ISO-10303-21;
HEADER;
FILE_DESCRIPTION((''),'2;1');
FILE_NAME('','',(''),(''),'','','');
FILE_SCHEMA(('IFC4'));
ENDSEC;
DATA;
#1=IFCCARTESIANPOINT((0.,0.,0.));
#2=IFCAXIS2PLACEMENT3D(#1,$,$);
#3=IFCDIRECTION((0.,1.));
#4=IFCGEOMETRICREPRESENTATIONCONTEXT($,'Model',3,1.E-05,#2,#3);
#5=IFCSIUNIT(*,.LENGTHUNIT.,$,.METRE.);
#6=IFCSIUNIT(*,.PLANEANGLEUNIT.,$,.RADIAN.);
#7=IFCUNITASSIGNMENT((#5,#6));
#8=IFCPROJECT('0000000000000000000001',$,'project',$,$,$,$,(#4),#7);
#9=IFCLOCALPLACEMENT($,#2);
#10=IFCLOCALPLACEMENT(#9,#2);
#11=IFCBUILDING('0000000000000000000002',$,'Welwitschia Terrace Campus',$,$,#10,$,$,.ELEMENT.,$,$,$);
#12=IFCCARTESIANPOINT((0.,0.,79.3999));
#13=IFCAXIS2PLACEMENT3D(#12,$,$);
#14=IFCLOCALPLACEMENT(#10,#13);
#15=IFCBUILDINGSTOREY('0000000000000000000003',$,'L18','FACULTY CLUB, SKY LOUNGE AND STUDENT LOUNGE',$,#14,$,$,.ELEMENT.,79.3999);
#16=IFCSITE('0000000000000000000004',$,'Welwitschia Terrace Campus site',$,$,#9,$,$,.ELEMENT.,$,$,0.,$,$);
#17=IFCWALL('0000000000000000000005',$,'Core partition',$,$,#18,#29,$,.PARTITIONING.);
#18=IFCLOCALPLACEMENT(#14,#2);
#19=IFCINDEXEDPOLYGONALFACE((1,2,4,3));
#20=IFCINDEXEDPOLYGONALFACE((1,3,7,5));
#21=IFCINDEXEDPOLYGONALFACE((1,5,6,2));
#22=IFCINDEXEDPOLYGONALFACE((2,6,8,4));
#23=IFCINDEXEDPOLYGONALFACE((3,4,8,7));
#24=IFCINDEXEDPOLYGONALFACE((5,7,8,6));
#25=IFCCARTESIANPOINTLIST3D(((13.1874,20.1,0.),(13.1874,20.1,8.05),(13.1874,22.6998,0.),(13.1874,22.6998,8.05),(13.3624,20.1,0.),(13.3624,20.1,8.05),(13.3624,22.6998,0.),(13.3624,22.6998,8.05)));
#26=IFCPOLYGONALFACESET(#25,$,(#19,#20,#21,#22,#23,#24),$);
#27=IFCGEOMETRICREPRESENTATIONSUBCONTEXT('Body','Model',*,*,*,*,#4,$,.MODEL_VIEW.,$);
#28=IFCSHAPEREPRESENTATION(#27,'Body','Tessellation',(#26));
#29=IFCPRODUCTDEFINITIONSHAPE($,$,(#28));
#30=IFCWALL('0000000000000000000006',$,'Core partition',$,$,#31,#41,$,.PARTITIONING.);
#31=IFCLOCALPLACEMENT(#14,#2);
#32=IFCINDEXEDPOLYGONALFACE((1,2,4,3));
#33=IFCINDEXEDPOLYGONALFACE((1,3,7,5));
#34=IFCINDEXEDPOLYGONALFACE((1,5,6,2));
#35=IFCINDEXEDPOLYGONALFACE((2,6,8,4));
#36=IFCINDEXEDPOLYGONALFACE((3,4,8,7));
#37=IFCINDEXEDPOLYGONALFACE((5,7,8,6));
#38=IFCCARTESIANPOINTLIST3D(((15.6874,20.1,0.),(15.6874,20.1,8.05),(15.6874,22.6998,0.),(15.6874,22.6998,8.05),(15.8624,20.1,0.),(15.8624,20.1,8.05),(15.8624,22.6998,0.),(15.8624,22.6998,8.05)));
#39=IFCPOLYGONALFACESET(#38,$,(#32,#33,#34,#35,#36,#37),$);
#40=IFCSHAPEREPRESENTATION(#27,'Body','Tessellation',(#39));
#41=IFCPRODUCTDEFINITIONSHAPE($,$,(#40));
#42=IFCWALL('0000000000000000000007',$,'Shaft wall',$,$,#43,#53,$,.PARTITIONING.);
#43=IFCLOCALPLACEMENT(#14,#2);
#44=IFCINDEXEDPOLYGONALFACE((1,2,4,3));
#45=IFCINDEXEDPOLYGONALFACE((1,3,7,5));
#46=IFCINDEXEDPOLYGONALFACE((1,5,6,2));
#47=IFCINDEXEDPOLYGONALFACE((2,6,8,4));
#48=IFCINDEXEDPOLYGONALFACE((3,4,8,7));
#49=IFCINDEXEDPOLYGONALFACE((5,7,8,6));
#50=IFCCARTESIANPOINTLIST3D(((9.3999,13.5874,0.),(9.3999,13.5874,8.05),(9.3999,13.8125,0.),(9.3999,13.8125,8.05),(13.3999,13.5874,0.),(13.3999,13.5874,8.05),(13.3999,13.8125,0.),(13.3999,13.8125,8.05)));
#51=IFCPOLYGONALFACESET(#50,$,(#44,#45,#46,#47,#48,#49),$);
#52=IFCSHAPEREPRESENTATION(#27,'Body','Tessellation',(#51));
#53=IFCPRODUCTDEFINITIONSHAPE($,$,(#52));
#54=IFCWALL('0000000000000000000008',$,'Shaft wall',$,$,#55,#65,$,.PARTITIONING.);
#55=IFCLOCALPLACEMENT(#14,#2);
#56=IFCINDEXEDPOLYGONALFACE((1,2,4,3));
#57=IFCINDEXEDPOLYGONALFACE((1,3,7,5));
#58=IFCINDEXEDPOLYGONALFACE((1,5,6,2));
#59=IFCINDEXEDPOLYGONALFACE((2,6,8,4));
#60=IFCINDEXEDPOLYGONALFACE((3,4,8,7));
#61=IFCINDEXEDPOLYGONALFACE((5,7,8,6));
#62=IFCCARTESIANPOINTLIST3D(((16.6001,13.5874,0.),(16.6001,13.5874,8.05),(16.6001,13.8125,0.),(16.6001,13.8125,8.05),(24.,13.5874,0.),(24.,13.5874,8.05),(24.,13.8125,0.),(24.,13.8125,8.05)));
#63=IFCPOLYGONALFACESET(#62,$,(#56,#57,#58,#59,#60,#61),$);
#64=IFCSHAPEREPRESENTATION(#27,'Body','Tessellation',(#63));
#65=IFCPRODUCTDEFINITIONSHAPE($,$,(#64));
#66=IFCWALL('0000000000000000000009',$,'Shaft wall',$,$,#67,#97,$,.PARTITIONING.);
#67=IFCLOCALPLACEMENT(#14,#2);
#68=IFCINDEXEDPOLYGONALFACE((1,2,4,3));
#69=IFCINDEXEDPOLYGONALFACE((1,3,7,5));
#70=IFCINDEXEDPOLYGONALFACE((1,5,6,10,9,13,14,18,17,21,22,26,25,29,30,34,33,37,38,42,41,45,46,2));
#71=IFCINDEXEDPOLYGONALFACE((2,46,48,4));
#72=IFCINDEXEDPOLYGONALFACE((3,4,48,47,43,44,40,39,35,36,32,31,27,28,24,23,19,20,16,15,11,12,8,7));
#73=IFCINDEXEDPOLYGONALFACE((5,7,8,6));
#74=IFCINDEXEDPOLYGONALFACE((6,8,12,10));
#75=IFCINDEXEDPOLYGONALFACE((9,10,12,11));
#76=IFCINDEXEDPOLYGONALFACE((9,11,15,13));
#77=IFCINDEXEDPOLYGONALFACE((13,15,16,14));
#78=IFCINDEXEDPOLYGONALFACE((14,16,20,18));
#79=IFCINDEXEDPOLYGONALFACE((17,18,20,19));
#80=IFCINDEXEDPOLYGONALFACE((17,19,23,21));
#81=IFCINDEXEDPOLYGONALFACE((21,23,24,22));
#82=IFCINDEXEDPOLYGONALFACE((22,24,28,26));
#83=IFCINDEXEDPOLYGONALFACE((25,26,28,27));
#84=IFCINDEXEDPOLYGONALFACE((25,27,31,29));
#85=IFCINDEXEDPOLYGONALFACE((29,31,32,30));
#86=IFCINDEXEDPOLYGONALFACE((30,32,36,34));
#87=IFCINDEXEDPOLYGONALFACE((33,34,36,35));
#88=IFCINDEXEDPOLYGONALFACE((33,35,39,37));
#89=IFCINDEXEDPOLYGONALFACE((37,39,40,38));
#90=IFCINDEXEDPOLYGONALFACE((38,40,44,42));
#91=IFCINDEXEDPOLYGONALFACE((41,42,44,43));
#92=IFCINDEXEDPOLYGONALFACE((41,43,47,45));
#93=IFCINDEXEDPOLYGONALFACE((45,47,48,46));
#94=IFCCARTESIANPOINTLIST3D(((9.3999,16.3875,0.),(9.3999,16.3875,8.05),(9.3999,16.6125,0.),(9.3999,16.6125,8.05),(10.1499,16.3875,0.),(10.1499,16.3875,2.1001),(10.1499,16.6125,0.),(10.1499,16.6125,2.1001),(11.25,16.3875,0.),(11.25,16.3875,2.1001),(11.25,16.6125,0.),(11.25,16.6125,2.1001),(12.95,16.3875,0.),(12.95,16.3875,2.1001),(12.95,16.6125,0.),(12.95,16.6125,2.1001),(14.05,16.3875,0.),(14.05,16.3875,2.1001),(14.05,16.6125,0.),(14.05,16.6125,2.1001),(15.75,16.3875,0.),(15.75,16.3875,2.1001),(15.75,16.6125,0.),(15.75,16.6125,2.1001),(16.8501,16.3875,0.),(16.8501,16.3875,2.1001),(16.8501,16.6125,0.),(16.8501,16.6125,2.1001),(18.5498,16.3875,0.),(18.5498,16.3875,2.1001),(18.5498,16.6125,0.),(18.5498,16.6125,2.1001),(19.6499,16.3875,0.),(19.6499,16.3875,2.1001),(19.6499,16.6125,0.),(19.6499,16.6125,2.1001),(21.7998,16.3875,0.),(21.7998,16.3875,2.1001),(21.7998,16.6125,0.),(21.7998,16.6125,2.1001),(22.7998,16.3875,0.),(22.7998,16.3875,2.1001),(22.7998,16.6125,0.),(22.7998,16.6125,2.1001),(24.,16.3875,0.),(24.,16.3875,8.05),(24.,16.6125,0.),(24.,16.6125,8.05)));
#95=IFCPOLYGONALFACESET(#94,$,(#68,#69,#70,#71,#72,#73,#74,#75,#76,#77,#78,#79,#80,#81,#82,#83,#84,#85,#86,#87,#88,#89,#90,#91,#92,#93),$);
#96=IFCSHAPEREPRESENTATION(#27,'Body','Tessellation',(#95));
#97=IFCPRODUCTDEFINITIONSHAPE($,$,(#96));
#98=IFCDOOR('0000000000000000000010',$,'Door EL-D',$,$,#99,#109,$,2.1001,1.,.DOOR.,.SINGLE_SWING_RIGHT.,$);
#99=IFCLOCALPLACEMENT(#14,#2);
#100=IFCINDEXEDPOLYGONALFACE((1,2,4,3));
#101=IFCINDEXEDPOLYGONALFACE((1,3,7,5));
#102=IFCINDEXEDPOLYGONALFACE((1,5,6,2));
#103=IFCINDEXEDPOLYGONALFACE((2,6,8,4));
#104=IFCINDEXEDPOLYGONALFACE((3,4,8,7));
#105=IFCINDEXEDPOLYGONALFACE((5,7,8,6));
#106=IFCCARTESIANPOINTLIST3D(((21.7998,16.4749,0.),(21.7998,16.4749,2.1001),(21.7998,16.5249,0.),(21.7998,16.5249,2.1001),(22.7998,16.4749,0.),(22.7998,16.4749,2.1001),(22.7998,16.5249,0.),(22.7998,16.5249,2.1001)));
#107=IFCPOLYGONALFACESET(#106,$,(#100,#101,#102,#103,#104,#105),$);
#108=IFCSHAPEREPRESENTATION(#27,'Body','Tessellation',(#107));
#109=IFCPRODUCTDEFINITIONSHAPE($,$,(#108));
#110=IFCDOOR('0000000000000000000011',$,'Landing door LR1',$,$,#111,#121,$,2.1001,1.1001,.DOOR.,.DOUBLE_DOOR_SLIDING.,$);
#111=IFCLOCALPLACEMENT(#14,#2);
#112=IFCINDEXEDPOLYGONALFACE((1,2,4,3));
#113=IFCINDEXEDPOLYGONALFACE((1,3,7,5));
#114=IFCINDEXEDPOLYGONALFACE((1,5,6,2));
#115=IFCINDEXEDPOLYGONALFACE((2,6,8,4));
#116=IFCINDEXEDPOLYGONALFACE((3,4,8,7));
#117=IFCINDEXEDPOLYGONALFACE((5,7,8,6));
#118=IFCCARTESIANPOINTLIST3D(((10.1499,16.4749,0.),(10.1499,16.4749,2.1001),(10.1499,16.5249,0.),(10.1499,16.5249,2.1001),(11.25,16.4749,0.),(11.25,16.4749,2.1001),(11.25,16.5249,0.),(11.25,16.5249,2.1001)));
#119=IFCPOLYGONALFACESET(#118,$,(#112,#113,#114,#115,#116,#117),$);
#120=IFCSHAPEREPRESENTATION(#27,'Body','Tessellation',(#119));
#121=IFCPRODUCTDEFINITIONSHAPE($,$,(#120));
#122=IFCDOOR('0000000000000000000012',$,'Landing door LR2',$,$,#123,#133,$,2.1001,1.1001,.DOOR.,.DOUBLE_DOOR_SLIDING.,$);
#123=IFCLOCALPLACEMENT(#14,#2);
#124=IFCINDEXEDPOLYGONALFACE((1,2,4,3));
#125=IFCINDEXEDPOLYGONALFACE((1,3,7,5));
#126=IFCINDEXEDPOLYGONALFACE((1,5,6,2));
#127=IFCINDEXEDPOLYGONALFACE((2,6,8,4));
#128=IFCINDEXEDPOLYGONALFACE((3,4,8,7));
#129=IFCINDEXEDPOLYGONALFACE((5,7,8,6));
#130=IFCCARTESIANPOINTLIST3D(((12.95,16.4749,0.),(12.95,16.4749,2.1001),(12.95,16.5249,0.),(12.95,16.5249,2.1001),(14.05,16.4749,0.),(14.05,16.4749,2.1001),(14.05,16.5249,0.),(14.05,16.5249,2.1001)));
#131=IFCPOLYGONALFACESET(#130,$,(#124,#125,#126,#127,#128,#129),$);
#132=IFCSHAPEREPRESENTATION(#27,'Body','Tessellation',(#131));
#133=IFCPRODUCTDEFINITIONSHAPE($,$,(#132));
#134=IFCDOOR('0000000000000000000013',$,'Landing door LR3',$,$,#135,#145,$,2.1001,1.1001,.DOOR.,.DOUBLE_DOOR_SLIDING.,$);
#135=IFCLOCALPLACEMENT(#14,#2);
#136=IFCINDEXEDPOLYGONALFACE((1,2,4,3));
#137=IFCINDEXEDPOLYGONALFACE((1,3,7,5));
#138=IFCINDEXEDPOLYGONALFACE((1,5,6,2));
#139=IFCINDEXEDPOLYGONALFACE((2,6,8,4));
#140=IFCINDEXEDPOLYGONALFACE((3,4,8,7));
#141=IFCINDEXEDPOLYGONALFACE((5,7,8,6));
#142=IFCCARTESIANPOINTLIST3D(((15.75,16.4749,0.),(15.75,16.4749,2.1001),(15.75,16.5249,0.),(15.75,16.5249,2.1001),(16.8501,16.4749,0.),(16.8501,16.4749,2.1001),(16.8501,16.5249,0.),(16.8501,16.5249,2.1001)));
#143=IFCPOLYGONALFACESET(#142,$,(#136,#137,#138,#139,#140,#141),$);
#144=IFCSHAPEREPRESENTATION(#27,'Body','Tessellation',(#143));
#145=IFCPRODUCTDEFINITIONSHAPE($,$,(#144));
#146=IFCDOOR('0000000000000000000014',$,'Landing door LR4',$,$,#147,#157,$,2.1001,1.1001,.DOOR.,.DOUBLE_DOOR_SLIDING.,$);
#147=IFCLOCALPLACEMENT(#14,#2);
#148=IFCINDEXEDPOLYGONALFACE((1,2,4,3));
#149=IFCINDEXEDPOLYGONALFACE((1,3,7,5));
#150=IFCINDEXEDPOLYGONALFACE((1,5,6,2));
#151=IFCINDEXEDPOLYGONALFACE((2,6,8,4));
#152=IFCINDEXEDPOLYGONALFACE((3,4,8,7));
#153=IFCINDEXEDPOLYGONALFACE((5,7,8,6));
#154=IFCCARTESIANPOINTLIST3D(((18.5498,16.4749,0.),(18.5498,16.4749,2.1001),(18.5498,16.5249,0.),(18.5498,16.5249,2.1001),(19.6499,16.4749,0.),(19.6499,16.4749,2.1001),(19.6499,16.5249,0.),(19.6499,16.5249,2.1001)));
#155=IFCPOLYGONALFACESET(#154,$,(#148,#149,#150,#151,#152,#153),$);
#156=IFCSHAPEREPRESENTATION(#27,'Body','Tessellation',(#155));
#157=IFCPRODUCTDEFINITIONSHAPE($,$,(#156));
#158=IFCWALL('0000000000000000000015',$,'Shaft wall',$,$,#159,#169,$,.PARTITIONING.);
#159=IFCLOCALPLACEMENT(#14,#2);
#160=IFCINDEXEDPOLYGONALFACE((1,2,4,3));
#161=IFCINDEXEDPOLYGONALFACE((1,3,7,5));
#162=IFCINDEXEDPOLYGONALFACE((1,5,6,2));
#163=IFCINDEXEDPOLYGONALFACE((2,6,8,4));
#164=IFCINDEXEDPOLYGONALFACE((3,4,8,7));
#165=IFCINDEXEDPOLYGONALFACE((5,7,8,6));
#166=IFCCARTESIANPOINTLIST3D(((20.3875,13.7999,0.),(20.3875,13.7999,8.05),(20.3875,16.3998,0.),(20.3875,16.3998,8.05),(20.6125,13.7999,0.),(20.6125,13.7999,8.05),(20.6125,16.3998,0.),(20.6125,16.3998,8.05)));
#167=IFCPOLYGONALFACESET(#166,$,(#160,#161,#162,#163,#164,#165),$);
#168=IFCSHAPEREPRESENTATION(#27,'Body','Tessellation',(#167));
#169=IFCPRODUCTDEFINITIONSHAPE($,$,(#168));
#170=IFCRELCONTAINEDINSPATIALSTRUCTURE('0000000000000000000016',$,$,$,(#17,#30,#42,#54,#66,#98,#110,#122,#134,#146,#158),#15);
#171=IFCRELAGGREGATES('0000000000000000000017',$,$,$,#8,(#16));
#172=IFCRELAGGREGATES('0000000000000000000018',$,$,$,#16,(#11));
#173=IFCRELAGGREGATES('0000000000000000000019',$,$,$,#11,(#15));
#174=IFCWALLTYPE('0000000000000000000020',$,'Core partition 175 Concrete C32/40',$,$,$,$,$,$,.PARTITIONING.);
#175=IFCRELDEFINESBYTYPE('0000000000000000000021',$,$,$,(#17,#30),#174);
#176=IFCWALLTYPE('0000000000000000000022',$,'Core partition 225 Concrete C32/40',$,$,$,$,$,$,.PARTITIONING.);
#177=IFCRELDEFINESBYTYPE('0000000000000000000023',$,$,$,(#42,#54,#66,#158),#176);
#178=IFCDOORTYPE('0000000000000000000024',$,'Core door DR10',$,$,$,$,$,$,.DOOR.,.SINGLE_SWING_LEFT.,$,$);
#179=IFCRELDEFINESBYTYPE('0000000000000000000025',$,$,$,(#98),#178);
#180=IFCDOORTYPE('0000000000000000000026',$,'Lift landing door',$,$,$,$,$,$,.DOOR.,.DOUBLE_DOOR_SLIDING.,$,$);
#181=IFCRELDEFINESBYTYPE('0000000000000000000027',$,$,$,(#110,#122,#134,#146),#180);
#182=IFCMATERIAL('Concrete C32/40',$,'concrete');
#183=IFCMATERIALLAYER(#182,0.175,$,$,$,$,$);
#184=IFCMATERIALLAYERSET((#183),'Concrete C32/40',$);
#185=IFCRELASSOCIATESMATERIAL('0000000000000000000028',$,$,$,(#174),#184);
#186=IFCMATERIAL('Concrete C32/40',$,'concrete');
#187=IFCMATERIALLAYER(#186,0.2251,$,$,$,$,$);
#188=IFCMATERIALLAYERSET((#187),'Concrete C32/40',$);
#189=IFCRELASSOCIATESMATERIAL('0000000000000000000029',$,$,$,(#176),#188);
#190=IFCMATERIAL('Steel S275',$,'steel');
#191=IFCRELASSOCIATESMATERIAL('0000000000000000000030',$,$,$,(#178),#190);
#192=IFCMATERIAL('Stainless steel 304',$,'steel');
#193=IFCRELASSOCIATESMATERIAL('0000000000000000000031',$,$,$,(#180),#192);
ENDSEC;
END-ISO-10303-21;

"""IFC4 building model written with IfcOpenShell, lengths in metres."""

from ifc_helpers import new_model, si_unit, direction, frame, frame_2d, origin, place, context, subcontext, project, spatial, rectangle, extrude, material, layer, layer_set, type_object, element, fill, save


model = new_model("IFC4")

# Units and contexts
model_context = context("Model", 3, precision=1e-05, world=origin(), true_north=direction((0.0, 1.0)))
body_context = subcontext(model_context, "Body", "Model", "MODEL_VIEW")
ifc_project = project(units=[si_unit("LENGTHUNIT", "METRE"), si_unit("PLANEANGLEUNIT", "RADIAN")], contexts=[model_context])

# Site, building, storey
site_placement = place(None, origin())
site = spatial("IfcSite", under=ifc_project, at=site_placement, Name="Welwitschia Terrace Campus site", CompositionType="ELEMENT", RefElevation=0.0)
building_placement = place(site_placement, origin())
building = spatial("IfcBuilding", under=site, at=building_placement, Name="Welwitschia Terrace Campus", CompositionType="ELEMENT")
storey_placement = place(building_placement, frame((0.0, 0.0, 79.3999)))
storey = spatial("IfcBuildingStorey", under=building, at=storey_placement, Name="L18", Description="FACULTY CLUB, SKY LOUNGE AND STUDENT LOUNGE", CompositionType="ELEMENT", Elevation=79.3999)

# Walls
ifc_material_1 = material(Name="Concrete C32/40", Category="concrete")
ifc_layer_1 = layer(ifc_material_1, 0.175)
ifc_layer_set_1 = layer_set([ifc_layer_1], Name="Concrete C32/40")
wall_type_1 = type_object("IfcWallType", Name="Core partition 175 Concrete C32/40", PredefinedType="PARTITIONING", material=ifc_layer_set_1)
for number, where, z_axis, x_axis, name in (
    (1, (13.2749, 20.1001, 0.0), (0.0, 0.0, 1.0), (0.0, 1.0, 0.0), "Core partition"),
    (2, (15.7749, 20.1001, 0.0), (0.0, 0.0, 1.0), (0.0, 1.0, 0.0), "Core partition"),
):
    element("IfcWall", number, at=place(storey_placement, frame(where, z_axis=z_axis, x_axis=x_axis)), inside=storey, type_object=wall_type_1, Name=name, PredefinedType="PARTITIONING", context=body_context, shape_type="SweptSolid", body=[
        extrude(rectangle(XDim=2.5999, YDim=0.175, at=frame_2d((1.2998, 0.0))), origin(), (0.0, 0.0, 1.0), 8.05),
    ])
ifc_material_2 = material(Name="Concrete C32/40", Category="concrete")
ifc_layer_2 = layer(ifc_material_2, 0.2251)
ifc_layer_set_2 = layer_set([ifc_layer_2], Name="Concrete C32/40")
wall_type_2 = type_object("IfcWallType", Name="Core partition 225 Concrete C32/40", PredefinedType="PARTITIONING", material=ifc_layer_set_2)
wall_1_placement = place(storey_placement, frame((9.3999, 13.7, 0.0), z_axis=(0.0, 0.0, 1.0), x_axis=(1.0, 0.0, 0.0)))
element("IfcWall", 3, at=wall_1_placement, inside=storey, type_object=wall_type_2, Name="Shaft wall", PredefinedType="PARTITIONING", context=body_context, shape_type="SweptSolid", body=[
    extrude(rectangle(XDim=4.0, YDim=0.2251, at=frame_2d((2.0, 0.0))), origin(), (0.0, 0.0, 1.0), 8.05),
])
wall_2_placement = place(storey_placement, frame((16.6001, 13.7, 0.0), z_axis=(0.0, 0.0, 1.0), x_axis=(1.0, 0.0, 0.0)))
element("IfcWall", 4, at=wall_2_placement, inside=storey, type_object=wall_type_2, Name="Shaft wall", PredefinedType="PARTITIONING", context=body_context, shape_type="SweptSolid", body=[
    extrude(rectangle(XDim=7.3999, YDim=0.2251, at=frame_2d((3.7, 0.0))), origin(), (0.0, 0.0, 1.0), 8.05),
])

# Wall, openings, doors
wall_3_placement = place(storey_placement, frame((9.3999, 16.5, 0.0), z_axis=(0.0, 0.0, 1.0), x_axis=(1.0, 0.0, 0.0)))
wall_3 = element("IfcWall", 5, at=wall_3_placement, inside=storey, type_object=wall_type_2, Name="Shaft wall", PredefinedType="PARTITIONING", context=body_context, shape_type="SweptSolid", body=[
    extrude(rectangle(XDim=14.6001, YDim=0.2251, at=frame_2d((7.3, 0.0))), origin(), (0.0, 0.0, 1.0), 8.05),
])
opening_1_placement = place(wall_3_placement, frame((0.75, 0.0, 0.0)))
opening_1 = element("IfcOpeningElement", 6, at=opening_1_placement, cuts=wall_3, PredefinedType="OPENING", context=body_context, shape_type="SweptSolid", body=[
    extrude(rectangle(XDim=1.1001, YDim=2.1001, at=frame_2d((0.55, 1.05))), frame((0.0, 0.1226, 0.0), z_axis=(0.0, -1.0, 0.0), x_axis=(1.0, 0.0, 0.0)), (0.0, 0.0, 1.0), 0.2451),
])
opening_2_placement = place(wall_3_placement, frame((3.55, 0.0, 0.0)))
opening_2 = element("IfcOpeningElement", 7, at=opening_2_placement, cuts=wall_3, PredefinedType="OPENING", context=body_context, shape_type="SweptSolid", body=[
    extrude(rectangle(XDim=1.1001, YDim=2.1001, at=frame_2d((0.55, 1.05))), frame((0.0, 0.1226, 0.0), z_axis=(0.0, -1.0, 0.0), x_axis=(1.0, 0.0, 0.0)), (0.0, 0.0, 1.0), 0.2451),
])
opening_3_placement = place(wall_3_placement, frame((6.3501, 0.0, 0.0)))
opening_3 = element("IfcOpeningElement", 8, at=opening_3_placement, cuts=wall_3, PredefinedType="OPENING", context=body_context, shape_type="SweptSolid", body=[
    extrude(rectangle(XDim=1.1001, YDim=2.1001, at=frame_2d((0.55, 1.05))), frame((0.0, 0.1226, 0.0), z_axis=(0.0, -1.0, 0.0), x_axis=(1.0, 0.0, 0.0)), (0.0, 0.0, 1.0), 0.2451),
])
opening_4_placement = place(wall_3_placement, frame((9.1499, 0.0, 0.0)))
opening_4 = element("IfcOpeningElement", 9, at=opening_4_placement, cuts=wall_3, PredefinedType="OPENING", context=body_context, shape_type="SweptSolid", body=[
    extrude(rectangle(XDim=1.1001, YDim=2.1001, at=frame_2d((0.55, 1.05))), frame((0.0, 0.1226, 0.0), z_axis=(0.0, -1.0, 0.0), x_axis=(1.0, 0.0, 0.0)), (0.0, 0.0, 1.0), 0.2451),
])
opening_5_placement = place(wall_3_placement, frame((12.3999, 0.0, 0.0)))
opening_5 = element("IfcOpeningElement", 10, at=opening_5_placement, cuts=wall_3, PredefinedType="OPENING", context=body_context, shape_type="SweptSolid", body=[
    extrude(rectangle(XDim=1.0, YDim=2.1001, at=frame_2d((0.5, 1.05))), frame((0.0, 0.1226, 0.0), z_axis=(0.0, -1.0, 0.0), x_axis=(1.0, 0.0, 0.0)), (0.0, 0.0, 1.0), 0.2451),
])
ifc_material_3 = material(Name="Steel S275", Category="steel")
door_type_1 = type_object("IfcDoorType", Name="Core door DR10", OperationType="SINGLE_SWING_LEFT", PredefinedType="DOOR", material=ifc_material_3)
door_1_placement = place(opening_5_placement, origin())
door_1 = element("IfcDoor", 11, at=door_1_placement, inside=storey, type_object=door_type_1, Name="Door EL-D", OperationType="SINGLE_SWING_RIGHT", OverallHeight=2.1001, OverallWidth=1.0, PredefinedType="DOOR", context=body_context, shape_type="SweptSolid", body=[
    extrude(rectangle(XDim=1.0, YDim=2.1001, at=frame_2d((0.5, 1.05))), frame((0.0, 0.0249, 0.0), z_axis=(0.0, -1.0, 0.0), x_axis=(1.0, 0.0, 0.0)), (0.0, 0.0, 1.0), 0.05),
])
fill(opening_5, door_1)
ifc_material_4 = material(Name="Stainless steel 304", Category="steel")
door_type_2 = type_object("IfcDoorType", Name="Lift landing door", OperationType="DOUBLE_DOOR_SLIDING", PredefinedType="DOOR", material=ifc_material_4)
door_2_placement = place(opening_1_placement, origin())
door_2 = element("IfcDoor", 12, at=door_2_placement, inside=storey, type_object=door_type_2, Name="Landing door LR1", OperationType="DOUBLE_DOOR_SLIDING", OverallHeight=2.1001, OverallWidth=1.1001, PredefinedType="DOOR", context=body_context, shape_type="SweptSolid", body=[
    extrude(rectangle(XDim=1.1001, YDim=2.1001, at=frame_2d((0.55, 1.05))), frame((0.0, 0.0249, 0.0), z_axis=(0.0, -1.0, 0.0), x_axis=(1.0, 0.0, 0.0)), (0.0, 0.0, 1.0), 0.05),
])
fill(opening_1, door_2)
door_3_placement = place(opening_2_placement, origin())
door_3 = element("IfcDoor", 13, at=door_3_placement, inside=storey, type_object=door_type_2, Name="Landing door LR2", OperationType="DOUBLE_DOOR_SLIDING", OverallHeight=2.1001, OverallWidth=1.1001, PredefinedType="DOOR", context=body_context, shape_type="SweptSolid", body=[
    extrude(rectangle(XDim=1.1001, YDim=2.1001, at=frame_2d((0.55, 1.05))), frame((0.0, 0.0249, 0.0), z_axis=(0.0, -1.0, 0.0), x_axis=(1.0, 0.0, 0.0)), (0.0, 0.0, 1.0), 0.05),
])
fill(opening_2, door_3)
door_4_placement = place(opening_3_placement, origin())
door_4 = element("IfcDoor", 14, at=door_4_placement, inside=storey, type_object=door_type_2, Name="Landing door LR3", OperationType="DOUBLE_DOOR_SLIDING", OverallHeight=2.1001, OverallWidth=1.1001, PredefinedType="DOOR", context=body_context, shape_type="SweptSolid", body=[
    extrude(rectangle(XDim=1.1001, YDim=2.1001, at=frame_2d((0.55, 1.05))), frame((0.0, 0.0249, 0.0), z_axis=(0.0, -1.0, 0.0), x_axis=(1.0, 0.0, 0.0)), (0.0, 0.0, 1.0), 0.05),
])
fill(opening_3, door_4)
door_5_placement = place(opening_4_placement, origin())
door_5 = element("IfcDoor", 15, at=door_5_placement, inside=storey, type_object=door_type_2, Name="Landing door LR4", OperationType="DOUBLE_DOOR_SLIDING", OverallHeight=2.1001, OverallWidth=1.1001, PredefinedType="DOOR", context=body_context, shape_type="SweptSolid", body=[
    extrude(rectangle(XDim=1.1001, YDim=2.1001, at=frame_2d((0.55, 1.05))), frame((0.0, 0.0249, 0.0), z_axis=(0.0, -1.0, 0.0), x_axis=(1.0, 0.0, 0.0)), (0.0, 0.0, 1.0), 0.05),
])
fill(opening_4, door_5)

# Wall
for number, where, z_axis, x_axis, name in (
    (16, (20.5, 13.8, 0.0), (0.0, 0.0, 1.0), (0.0, 1.0, 0.0), "Shaft wall"),
):
    element("IfcWall", number, at=place(storey_placement, frame(where, z_axis=z_axis, x_axis=x_axis)), inside=storey, type_object=wall_type_2, Name=name, PredefinedType="PARTITIONING", context=body_context, shape_type="SweptSolid", body=[
        extrude(rectangle(XDim=2.5999, YDim=0.2251, at=frame_2d((1.2998, 0.0))), origin(), (0.0, 0.0, 1.0), 8.05),
    ])

save(model, "model.ifc")
